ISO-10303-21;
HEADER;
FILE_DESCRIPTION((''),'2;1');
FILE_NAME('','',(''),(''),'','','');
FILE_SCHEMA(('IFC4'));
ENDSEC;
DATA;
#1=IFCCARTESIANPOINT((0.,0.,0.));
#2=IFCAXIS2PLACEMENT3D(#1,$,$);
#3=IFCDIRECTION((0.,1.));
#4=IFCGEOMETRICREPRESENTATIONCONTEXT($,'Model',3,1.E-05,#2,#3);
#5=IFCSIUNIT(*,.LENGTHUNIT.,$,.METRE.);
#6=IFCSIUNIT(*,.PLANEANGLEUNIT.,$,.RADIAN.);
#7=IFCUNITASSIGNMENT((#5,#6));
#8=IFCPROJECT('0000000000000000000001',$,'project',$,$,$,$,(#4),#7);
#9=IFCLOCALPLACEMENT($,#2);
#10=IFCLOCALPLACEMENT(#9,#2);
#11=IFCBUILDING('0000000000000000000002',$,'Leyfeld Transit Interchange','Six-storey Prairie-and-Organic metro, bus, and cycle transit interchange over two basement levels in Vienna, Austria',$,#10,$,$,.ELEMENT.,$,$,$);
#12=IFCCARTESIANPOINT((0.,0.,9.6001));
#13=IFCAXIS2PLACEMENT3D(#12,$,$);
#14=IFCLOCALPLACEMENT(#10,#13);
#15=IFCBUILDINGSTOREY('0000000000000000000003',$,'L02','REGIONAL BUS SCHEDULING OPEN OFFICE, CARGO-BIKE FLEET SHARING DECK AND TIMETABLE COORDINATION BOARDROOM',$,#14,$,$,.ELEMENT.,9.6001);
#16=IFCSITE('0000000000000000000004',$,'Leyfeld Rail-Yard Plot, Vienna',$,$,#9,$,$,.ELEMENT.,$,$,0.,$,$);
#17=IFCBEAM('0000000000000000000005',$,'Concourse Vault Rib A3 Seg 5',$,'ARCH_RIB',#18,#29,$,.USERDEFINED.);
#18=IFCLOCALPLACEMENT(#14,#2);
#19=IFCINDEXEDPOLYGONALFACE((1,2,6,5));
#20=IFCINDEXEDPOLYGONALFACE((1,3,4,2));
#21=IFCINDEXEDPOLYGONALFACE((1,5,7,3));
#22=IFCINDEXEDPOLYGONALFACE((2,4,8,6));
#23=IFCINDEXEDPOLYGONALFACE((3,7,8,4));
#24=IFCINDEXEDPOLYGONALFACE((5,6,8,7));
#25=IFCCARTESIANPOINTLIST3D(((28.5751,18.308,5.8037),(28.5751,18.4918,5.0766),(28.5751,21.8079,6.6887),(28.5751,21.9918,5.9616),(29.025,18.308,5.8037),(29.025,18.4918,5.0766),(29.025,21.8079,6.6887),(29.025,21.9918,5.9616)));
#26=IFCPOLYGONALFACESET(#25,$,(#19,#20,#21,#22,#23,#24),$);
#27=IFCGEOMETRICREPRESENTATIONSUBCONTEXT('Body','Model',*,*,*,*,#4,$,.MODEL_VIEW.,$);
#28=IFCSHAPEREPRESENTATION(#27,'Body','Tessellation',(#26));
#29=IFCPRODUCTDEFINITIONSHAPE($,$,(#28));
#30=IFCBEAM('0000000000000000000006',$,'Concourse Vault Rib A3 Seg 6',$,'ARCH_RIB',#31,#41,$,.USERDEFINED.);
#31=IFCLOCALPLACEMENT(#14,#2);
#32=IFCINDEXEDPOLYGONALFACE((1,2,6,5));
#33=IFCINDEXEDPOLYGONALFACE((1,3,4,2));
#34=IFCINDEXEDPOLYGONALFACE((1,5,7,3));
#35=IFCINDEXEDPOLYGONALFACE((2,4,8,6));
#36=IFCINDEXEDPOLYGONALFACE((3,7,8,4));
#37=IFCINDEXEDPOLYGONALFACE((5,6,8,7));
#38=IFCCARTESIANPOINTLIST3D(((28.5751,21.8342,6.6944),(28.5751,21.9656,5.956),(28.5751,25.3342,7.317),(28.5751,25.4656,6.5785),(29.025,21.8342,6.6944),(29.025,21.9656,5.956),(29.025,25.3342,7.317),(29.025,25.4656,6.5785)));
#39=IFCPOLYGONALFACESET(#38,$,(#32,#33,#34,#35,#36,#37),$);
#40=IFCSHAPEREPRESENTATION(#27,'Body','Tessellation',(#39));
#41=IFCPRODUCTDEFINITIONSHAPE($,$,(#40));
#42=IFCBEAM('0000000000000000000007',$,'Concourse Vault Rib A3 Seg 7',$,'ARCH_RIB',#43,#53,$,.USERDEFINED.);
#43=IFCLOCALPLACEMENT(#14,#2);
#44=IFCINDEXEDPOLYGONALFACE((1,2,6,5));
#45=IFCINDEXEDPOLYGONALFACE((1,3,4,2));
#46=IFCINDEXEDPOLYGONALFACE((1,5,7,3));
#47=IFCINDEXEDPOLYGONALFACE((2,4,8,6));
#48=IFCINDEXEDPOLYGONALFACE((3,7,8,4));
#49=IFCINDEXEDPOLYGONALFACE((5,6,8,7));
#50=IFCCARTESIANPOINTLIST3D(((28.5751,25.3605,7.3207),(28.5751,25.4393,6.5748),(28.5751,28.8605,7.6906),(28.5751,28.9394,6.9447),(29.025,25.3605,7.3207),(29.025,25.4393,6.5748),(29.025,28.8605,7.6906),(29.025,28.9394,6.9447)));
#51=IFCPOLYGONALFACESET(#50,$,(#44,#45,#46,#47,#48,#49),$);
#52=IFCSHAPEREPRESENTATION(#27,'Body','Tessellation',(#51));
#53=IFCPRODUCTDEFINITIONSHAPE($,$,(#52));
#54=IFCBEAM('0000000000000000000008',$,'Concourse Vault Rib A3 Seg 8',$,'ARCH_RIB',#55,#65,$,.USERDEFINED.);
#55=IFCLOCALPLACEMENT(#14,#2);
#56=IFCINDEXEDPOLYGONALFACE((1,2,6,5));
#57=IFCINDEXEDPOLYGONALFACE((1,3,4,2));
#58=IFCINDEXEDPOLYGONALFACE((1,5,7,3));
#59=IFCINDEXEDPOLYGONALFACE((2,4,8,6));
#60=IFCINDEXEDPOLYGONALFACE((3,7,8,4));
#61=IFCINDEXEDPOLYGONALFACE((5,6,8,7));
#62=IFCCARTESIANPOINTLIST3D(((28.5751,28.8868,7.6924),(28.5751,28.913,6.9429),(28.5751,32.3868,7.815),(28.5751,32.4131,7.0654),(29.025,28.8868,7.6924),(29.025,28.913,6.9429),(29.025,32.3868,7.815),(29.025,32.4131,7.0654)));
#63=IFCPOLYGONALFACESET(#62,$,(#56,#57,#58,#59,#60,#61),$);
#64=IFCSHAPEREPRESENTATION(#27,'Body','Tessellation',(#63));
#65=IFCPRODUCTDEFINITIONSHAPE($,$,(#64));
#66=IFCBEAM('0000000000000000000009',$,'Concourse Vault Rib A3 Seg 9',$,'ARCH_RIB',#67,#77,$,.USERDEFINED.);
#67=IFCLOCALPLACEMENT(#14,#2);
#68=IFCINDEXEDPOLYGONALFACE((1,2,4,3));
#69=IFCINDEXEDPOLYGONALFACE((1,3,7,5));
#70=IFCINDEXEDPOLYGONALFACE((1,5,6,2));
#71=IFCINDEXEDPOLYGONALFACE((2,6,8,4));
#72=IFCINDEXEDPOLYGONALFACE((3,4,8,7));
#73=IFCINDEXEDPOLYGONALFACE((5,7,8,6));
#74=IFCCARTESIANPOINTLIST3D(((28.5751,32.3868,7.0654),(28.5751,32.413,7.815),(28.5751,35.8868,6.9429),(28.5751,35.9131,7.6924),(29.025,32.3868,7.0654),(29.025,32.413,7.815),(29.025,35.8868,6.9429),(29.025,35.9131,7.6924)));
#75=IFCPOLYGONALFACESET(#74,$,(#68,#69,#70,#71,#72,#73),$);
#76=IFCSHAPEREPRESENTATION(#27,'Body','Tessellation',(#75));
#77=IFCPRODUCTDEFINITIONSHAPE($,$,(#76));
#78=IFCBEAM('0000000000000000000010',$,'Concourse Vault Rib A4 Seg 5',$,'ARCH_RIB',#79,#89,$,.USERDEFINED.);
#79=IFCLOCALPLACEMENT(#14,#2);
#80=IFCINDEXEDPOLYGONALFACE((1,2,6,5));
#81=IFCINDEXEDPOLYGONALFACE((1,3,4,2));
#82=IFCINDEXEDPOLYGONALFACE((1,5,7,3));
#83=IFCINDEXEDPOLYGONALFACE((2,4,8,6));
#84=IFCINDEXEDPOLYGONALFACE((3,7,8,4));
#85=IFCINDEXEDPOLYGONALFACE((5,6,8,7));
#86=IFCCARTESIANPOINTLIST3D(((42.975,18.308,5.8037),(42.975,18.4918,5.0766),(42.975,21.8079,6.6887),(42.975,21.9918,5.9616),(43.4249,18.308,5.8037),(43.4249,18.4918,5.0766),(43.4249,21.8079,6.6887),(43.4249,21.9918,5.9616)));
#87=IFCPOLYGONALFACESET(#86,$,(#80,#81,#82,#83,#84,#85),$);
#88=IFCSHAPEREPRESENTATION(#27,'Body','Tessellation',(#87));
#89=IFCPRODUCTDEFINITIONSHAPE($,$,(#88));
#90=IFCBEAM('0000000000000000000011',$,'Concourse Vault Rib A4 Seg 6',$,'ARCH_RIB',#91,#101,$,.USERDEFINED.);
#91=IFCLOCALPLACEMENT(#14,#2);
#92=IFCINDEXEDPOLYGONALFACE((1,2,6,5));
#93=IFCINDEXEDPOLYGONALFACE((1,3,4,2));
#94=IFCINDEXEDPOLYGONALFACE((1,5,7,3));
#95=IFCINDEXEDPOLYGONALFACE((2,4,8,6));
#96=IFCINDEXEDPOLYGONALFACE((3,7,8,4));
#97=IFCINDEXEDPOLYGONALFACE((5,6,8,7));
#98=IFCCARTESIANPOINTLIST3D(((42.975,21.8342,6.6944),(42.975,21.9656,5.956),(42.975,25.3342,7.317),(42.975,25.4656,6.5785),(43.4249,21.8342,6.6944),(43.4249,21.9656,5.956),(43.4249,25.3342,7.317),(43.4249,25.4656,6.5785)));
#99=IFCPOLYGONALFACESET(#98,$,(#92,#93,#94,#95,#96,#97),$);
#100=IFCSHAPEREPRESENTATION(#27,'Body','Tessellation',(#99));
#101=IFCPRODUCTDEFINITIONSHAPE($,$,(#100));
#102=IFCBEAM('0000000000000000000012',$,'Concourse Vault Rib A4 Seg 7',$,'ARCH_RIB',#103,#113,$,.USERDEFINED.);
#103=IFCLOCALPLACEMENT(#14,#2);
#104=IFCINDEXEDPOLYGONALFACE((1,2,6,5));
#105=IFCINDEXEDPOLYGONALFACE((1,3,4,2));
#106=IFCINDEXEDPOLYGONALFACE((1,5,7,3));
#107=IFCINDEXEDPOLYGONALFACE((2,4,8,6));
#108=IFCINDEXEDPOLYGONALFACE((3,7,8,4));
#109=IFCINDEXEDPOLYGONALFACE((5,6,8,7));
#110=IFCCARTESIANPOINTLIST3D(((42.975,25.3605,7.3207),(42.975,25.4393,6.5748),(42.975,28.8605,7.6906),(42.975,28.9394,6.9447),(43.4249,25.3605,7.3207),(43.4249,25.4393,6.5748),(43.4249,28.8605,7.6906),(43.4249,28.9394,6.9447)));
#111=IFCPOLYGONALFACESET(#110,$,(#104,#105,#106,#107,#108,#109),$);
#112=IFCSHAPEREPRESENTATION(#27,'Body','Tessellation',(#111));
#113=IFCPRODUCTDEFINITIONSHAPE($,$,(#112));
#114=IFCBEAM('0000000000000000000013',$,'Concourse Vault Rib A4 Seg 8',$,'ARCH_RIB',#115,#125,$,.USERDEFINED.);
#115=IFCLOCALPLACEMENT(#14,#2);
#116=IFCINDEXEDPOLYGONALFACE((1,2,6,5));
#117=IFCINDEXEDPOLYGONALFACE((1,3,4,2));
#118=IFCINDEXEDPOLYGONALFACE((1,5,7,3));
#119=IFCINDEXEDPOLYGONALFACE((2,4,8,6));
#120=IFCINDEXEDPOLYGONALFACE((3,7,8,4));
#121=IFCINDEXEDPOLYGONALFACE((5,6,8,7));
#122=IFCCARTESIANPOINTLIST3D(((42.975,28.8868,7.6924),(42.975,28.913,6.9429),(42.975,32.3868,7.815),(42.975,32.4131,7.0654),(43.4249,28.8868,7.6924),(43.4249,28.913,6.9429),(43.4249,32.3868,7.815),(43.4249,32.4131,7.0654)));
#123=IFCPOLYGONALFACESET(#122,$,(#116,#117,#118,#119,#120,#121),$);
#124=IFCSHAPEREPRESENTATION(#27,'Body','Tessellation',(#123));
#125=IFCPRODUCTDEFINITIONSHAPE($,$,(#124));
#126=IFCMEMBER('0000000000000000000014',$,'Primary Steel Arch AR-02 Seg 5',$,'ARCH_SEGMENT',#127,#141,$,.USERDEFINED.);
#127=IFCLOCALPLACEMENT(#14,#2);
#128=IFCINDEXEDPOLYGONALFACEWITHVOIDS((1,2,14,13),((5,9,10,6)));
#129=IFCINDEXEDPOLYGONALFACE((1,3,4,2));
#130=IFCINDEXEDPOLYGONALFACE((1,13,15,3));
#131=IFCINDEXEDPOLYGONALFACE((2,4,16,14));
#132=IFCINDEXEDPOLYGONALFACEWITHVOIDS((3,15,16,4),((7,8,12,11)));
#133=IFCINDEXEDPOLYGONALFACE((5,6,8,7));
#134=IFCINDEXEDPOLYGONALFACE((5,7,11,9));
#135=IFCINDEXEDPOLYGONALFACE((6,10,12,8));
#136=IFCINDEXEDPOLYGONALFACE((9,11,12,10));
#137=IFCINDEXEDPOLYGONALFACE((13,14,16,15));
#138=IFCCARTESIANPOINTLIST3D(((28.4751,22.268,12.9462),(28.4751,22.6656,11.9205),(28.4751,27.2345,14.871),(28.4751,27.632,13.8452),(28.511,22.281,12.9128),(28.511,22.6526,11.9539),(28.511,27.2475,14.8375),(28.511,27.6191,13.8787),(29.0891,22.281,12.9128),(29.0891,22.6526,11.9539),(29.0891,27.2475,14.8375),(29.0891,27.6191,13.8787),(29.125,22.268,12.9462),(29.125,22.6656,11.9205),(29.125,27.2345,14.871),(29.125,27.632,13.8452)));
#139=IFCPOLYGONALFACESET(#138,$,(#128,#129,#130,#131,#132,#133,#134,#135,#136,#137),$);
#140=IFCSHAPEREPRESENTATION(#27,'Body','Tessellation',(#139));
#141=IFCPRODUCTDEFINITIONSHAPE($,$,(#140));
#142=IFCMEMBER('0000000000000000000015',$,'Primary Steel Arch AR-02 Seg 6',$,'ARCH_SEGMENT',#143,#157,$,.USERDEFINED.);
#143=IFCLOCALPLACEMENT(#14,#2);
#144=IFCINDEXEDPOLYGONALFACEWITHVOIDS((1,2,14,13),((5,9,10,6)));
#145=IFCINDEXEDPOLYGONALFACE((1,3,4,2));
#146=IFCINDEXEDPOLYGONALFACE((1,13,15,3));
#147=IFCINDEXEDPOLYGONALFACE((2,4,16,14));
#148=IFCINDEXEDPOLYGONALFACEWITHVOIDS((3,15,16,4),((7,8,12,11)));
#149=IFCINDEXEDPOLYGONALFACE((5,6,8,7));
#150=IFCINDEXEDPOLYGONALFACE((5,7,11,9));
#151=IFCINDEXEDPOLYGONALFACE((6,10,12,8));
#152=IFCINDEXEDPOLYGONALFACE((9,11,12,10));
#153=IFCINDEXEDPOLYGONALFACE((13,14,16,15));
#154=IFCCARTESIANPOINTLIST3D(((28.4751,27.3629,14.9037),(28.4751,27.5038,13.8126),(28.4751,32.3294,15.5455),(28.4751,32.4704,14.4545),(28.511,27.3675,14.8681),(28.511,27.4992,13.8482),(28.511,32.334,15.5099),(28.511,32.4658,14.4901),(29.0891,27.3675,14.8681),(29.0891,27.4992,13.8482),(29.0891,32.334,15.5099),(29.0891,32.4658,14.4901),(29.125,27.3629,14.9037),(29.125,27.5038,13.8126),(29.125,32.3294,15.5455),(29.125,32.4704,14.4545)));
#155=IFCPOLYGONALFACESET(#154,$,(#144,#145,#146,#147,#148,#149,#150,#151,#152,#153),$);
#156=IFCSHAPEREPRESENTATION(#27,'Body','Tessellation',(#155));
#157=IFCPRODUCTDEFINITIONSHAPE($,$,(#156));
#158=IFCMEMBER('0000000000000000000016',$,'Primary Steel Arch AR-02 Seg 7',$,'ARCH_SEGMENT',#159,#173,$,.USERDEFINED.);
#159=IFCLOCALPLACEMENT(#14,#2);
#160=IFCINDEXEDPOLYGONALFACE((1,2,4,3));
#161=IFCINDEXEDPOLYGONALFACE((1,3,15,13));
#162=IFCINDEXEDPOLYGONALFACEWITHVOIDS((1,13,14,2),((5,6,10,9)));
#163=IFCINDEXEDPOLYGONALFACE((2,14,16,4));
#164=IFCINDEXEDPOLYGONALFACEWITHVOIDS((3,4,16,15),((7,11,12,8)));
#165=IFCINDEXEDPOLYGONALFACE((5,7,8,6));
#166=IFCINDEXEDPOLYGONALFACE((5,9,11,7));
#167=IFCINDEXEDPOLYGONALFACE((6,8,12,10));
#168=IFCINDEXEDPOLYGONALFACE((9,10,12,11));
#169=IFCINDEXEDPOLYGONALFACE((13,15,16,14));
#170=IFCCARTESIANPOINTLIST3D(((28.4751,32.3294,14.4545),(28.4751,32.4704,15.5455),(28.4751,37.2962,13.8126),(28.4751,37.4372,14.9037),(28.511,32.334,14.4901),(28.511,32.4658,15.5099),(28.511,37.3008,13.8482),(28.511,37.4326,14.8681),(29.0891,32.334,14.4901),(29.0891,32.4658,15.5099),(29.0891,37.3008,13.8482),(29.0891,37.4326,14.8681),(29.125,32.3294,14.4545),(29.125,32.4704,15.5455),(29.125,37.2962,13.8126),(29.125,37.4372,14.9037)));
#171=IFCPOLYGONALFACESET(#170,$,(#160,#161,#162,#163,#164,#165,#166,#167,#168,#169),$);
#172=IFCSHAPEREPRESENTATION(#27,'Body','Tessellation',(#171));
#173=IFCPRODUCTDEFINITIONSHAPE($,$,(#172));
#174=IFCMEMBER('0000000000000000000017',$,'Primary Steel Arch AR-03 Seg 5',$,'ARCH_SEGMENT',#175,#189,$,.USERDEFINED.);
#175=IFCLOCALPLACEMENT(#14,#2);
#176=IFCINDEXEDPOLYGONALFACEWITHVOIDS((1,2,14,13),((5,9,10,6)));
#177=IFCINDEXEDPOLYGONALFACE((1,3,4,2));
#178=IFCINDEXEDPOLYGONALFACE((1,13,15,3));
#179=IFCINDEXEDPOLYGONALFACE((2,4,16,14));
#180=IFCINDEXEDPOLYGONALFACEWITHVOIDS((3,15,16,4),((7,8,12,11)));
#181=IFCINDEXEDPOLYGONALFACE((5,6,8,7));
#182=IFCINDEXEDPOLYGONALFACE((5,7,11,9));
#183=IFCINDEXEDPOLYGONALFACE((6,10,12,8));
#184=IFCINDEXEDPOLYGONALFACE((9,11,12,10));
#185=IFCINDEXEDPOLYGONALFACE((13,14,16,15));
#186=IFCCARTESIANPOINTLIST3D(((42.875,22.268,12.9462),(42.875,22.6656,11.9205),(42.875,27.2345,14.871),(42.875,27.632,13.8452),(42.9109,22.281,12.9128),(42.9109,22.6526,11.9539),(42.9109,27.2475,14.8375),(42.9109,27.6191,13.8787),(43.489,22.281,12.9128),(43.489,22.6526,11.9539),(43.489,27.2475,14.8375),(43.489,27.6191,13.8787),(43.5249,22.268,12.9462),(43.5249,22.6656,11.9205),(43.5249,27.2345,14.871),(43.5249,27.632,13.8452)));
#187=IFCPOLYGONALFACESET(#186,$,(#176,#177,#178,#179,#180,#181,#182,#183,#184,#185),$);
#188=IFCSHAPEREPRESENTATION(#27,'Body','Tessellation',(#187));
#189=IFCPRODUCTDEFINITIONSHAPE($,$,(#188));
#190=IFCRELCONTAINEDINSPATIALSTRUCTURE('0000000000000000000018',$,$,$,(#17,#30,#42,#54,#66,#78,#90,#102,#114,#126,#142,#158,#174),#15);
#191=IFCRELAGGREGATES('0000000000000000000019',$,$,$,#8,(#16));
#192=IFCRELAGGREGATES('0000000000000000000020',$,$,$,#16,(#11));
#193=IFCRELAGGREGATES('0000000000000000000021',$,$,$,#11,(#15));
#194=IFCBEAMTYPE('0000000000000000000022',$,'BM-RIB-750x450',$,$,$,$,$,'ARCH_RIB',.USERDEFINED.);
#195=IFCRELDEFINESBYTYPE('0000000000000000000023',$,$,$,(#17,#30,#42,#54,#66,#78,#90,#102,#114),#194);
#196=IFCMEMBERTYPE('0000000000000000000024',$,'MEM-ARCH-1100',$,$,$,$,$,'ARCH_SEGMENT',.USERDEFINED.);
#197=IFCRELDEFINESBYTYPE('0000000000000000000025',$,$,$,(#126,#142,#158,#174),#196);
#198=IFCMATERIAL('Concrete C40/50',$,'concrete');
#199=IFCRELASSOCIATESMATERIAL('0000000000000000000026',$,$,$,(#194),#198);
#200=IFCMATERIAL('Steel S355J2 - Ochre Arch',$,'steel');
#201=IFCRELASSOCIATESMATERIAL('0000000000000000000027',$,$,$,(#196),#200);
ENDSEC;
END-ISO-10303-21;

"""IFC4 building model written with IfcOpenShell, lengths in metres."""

from ifc_helpers import new_model, si_unit, direction, frame, origin, origin_2d, place, context, subcontext, project, spatial, rectangle, hollow_rectangle, extrude, material, material_profile, profile_set, type_object, element, save


model = new_model("IFC4")

# Units and contexts
model_context = context("Model", 3, precision=1e-05, world=origin(), true_north=direction((0.0, 1.0)))
body_context = subcontext(model_context, "Body", "Model", "MODEL_VIEW")
ifc_project = project(units=[si_unit("LENGTHUNIT", "METRE"), si_unit("PLANEANGLEUNIT", "RADIAN")], contexts=[model_context])

# Site, building, storey
site_placement = place(None, origin())
site = spatial("IfcSite", under=ifc_project, at=site_placement, Name="Leyfeld Rail-Yard Plot, Vienna", CompositionType="ELEMENT", RefElevation=0.0)
building_placement = place(site_placement, origin())
building = spatial("IfcBuilding", under=site, at=building_placement, Name="Leyfeld Transit Interchange", Description="Six-storey Prairie-and-Organic metro, bus, and cycle transit interchange over two basement levels in Vienna, Austria", CompositionType="ELEMENT")
storey_placement = place(building_placement, frame((0.0, 0.0, 9.6001)))
storey = spatial("IfcBuildingStorey", under=building, at=storey_placement, Name="L02", Description="REGIONAL BUS SCHEDULING OPEN OFFICE, CARGO-BIKE FLEET SHARING DECK AND TIMETABLE COORDINATION BOARDROOM", CompositionType="ELEMENT", Elevation=9.6001)

# Beams
ifc_material_1 = material(Name="Concrete C40/50", Category="concrete")
ifc_material_profile_1 = material_profile(ifc_material_1, rectangle(XDim=0.45, YDim=0.75, at=origin_2d()), Name="RC 750x450 RIB")
ifc_profile_set_1 = profile_set([ifc_material_profile_1], Name="Concrete C40/50")
beam_type = type_object("IfcBeamType", Name="BM-RIB-750x450", ElementType="ARCH_RIB", PredefinedType="USERDEFINED", material=ifc_profile_set_1)
beam_1_placement = place(storey_placement, frame((28.8, 18.3999, 5.4402), z_axis=(0.0, 0.969487, 0.245144), x_axis=(-1.0, 0.0, 0.0)))
element("IfcBeam", 1, at=beam_1_placement, inside=storey, type_object=beam_type, Name="Concourse Vault Rib A3 Seg 5", ObjectType="ARCH_RIB", PredefinedType="USERDEFINED", context=body_context, shape_type="SweptSolid", body=[
    extrude(rectangle(XDim=0.45, YDim=0.75, at=origin_2d()), origin(), (0.0, 0.0, 1.0), 3.6101),
])
beam_2_placement = place(storey_placement, frame((28.8, 21.8999, 6.3252), z_axis=(0.0, 0.984546, 0.175125), x_axis=(-1.0, 0.0, 0.0)))
element("IfcBeam", 2, at=beam_2_placement, inside=storey, type_object=beam_type, Name="Concourse Vault Rib A3 Seg 6", ObjectType="ARCH_RIB", PredefinedType="USERDEFINED", context=body_context, shape_type="SweptSolid", body=[
    extrude(rectangle(XDim=0.45, YDim=0.75, at=origin_2d()), origin(), (0.0, 0.0, 1.0), 3.5549),
])
beam_3_placement = place(storey_placement, frame((28.8, 25.3999, 6.9478), z_axis=(0.0, 0.994462, 0.105093), x_axis=(-1.0, 0.0, 0.0)))
element("IfcBeam", 3, at=beam_3_placement, inside=storey, type_object=beam_type, Name="Concourse Vault Rib A3 Seg 7", ObjectType="ARCH_RIB", PredefinedType="USERDEFINED", context=body_context, shape_type="SweptSolid", body=[
    extrude(rectangle(XDim=0.45, YDim=0.75, at=origin_2d()), origin(), (0.0, 0.0, 1.0), 3.5195),
])
for number, where, z_axis, x_axis, name in (
    (4, (28.8, 28.8999, 7.3176), (0.0, 0.999387, 0.034995), (-1.0, 0.0, 0.0), "Concourse Vault Rib A3 Seg 8"),
    (5, (28.8, 32.3999, 7.4402), (0.0, 0.999387, -0.034995), (-1.0, 0.0, 0.0), "Concourse Vault Rib A3 Seg 9"),
):
    element("IfcBeam", number, at=place(storey_placement, frame(where, z_axis=z_axis, x_axis=x_axis)), inside=storey, type_object=beam_type, Name=name, ObjectType="ARCH_RIB", PredefinedType="USERDEFINED", context=body_context, shape_type="SweptSolid", body=[
        extrude(rectangle(XDim=0.45, YDim=0.75, at=origin_2d()), origin(), (0.0, 0.0, 1.0), 3.5022),
    ])
beam_4_placement = place(storey_placement, frame((43.2, 18.3999, 5.4402), z_axis=(0.0, 0.969487, 0.245144), x_axis=(-1.0, 0.0, 0.0)))
element("IfcBeam", 6, at=beam_4_placement, inside=storey, type_object=beam_type, Name="Concourse Vault Rib A4 Seg 5", ObjectType="ARCH_RIB", PredefinedType="USERDEFINED", context=body_context, shape_type="SweptSolid", body=[
    extrude(rectangle(XDim=0.45, YDim=0.75, at=origin_2d()), origin(), (0.0, 0.0, 1.0), 3.6101),
])
beam_5_placement = place(storey_placement, frame((43.2, 21.8999, 6.3252), z_axis=(0.0, 0.984546, 0.175125), x_axis=(-1.0, 0.0, 0.0)))
element("IfcBeam", 7, at=beam_5_placement, inside=storey, type_object=beam_type, Name="Concourse Vault Rib A4 Seg 6", ObjectType="ARCH_RIB", PredefinedType="USERDEFINED", context=body_context, shape_type="SweptSolid", body=[
    extrude(rectangle(XDim=0.45, YDim=0.75, at=origin_2d()), origin(), (0.0, 0.0, 1.0), 3.5549),
])
beam_6_placement = place(storey_placement, frame((43.2, 25.3999, 6.9478), z_axis=(0.0, 0.994462, 0.105093), x_axis=(-1.0, 0.0, 0.0)))
element("IfcBeam", 8, at=beam_6_placement, inside=storey, type_object=beam_type, Name="Concourse Vault Rib A4 Seg 7", ObjectType="ARCH_RIB", PredefinedType="USERDEFINED", context=body_context, shape_type="SweptSolid", body=[
    extrude(rectangle(XDim=0.45, YDim=0.75, at=origin_2d()), origin(), (0.0, 0.0, 1.0), 3.5195),
])
beam_7_placement = place(storey_placement, frame((43.2, 28.8999, 7.3176), z_axis=(0.0, 0.999387, 0.034995), x_axis=(-1.0, 0.0, 0.0)))
element("IfcBeam", 9, at=beam_7_placement, inside=storey, type_object=beam_type, Name="Concourse Vault Rib A4 Seg 8", ObjectType="ARCH_RIB", PredefinedType="USERDEFINED", context=body_context, shape_type="SweptSolid", body=[
    extrude(rectangle(XDim=0.45, YDim=0.75, at=origin_2d()), origin(), (0.0, 0.0, 1.0), 3.5022),
])

# Members
ifc_material_2 = material(Name="Steel S355J2 - Ochre Arch", Category="steel")
ifc_material_profile_2 = material_profile(ifc_material_2, hollow_rectangle(XDim=0.6499, YDim=1.1001, WallThickness=0.0359, at=origin_2d()), Name="RHS 1100x650x36")
ifc_profile_set_2 = profile_set([ifc_material_profile_2], Name="Steel S355J2 - Ochre Arch")
member_type_1 = type_object("IfcMemberType", Name="MEM-ARCH-1100", ElementType="ARCH_SEGMENT", PredefinedType="USERDEFINED", material=ifc_profile_set_2)
member_1_placement = place(storey_placement, frame((28.8, 22.4668, 12.4333), z_axis=(0.0, 0.932425, 0.361364), x_axis=(-1.0, 0.0, 0.0)))
element("IfcMember", 10, at=member_1_placement, inside=storey, type_object=member_type_1, Name="Primary Steel Arch AR-02 Seg 5", ObjectType="ARCH_SEGMENT", PredefinedType="USERDEFINED", context=body_context, shape_type="SweptSolid", body=[
    extrude(hollow_rectangle(XDim=0.6499, YDim=1.1001, WallThickness=0.0359, at=origin_2d()), origin(), (0.0, 0.0, 1.0), 5.3264),
])
member_2_placement = place(storey_placement, frame((28.8, 27.4333, 14.3582), z_axis=(0.0, 0.991752, 0.128168), x_axis=(-1.0, 0.0, 0.0)))
element("IfcMember", 11, at=member_2_placement, inside=storey, type_object=member_type_1, Name="Primary Steel Arch AR-02 Seg 6", ObjectType="ARCH_SEGMENT", PredefinedType="USERDEFINED", context=body_context, shape_type="SweptSolid", body=[
    extrude(hollow_rectangle(XDim=0.6499, YDim=1.1001, WallThickness=0.0359, at=origin_2d()), origin(), (0.0, 0.0, 1.0), 5.0078),
])
member_3_placement = place(storey_placement, frame((28.8, 32.3999, 15.0), z_axis=(0.0, 0.991753, -0.128162), x_axis=(-1.0, 0.0, 0.0)))
element("IfcMember", 12, at=member_3_placement, inside=storey, type_object=member_type_1, Name="Primary Steel Arch AR-02 Seg 7", ObjectType="ARCH_SEGMENT", PredefinedType="USERDEFINED", context=body_context, shape_type="SweptSolid", body=[
    extrude(hollow_rectangle(XDim=0.6499, YDim=1.1001, WallThickness=0.0359, at=origin_2d()), origin(), (0.0, 0.0, 1.0), 5.0081),
])
member_4_placement = place(storey_placement, frame((43.2, 22.4668, 12.4333), z_axis=(0.0, 0.932425, 0.361364), x_axis=(-1.0, 0.0, 0.0)))
element("IfcMember", 13, at=member_4_placement, inside=storey, type_object=member_type_1, Name="Primary Steel Arch AR-03 Seg 5", ObjectType="ARCH_SEGMENT", PredefinedType="USERDEFINED", context=body_context, shape_type="SweptSolid", body=[
    extrude(hollow_rectangle(XDim=0.6499, YDim=1.1001, WallThickness=0.0359, at=origin_2d()), origin(), (0.0, 0.0, 1.0), 5.3264),
])

save(model, "model.ifc")
